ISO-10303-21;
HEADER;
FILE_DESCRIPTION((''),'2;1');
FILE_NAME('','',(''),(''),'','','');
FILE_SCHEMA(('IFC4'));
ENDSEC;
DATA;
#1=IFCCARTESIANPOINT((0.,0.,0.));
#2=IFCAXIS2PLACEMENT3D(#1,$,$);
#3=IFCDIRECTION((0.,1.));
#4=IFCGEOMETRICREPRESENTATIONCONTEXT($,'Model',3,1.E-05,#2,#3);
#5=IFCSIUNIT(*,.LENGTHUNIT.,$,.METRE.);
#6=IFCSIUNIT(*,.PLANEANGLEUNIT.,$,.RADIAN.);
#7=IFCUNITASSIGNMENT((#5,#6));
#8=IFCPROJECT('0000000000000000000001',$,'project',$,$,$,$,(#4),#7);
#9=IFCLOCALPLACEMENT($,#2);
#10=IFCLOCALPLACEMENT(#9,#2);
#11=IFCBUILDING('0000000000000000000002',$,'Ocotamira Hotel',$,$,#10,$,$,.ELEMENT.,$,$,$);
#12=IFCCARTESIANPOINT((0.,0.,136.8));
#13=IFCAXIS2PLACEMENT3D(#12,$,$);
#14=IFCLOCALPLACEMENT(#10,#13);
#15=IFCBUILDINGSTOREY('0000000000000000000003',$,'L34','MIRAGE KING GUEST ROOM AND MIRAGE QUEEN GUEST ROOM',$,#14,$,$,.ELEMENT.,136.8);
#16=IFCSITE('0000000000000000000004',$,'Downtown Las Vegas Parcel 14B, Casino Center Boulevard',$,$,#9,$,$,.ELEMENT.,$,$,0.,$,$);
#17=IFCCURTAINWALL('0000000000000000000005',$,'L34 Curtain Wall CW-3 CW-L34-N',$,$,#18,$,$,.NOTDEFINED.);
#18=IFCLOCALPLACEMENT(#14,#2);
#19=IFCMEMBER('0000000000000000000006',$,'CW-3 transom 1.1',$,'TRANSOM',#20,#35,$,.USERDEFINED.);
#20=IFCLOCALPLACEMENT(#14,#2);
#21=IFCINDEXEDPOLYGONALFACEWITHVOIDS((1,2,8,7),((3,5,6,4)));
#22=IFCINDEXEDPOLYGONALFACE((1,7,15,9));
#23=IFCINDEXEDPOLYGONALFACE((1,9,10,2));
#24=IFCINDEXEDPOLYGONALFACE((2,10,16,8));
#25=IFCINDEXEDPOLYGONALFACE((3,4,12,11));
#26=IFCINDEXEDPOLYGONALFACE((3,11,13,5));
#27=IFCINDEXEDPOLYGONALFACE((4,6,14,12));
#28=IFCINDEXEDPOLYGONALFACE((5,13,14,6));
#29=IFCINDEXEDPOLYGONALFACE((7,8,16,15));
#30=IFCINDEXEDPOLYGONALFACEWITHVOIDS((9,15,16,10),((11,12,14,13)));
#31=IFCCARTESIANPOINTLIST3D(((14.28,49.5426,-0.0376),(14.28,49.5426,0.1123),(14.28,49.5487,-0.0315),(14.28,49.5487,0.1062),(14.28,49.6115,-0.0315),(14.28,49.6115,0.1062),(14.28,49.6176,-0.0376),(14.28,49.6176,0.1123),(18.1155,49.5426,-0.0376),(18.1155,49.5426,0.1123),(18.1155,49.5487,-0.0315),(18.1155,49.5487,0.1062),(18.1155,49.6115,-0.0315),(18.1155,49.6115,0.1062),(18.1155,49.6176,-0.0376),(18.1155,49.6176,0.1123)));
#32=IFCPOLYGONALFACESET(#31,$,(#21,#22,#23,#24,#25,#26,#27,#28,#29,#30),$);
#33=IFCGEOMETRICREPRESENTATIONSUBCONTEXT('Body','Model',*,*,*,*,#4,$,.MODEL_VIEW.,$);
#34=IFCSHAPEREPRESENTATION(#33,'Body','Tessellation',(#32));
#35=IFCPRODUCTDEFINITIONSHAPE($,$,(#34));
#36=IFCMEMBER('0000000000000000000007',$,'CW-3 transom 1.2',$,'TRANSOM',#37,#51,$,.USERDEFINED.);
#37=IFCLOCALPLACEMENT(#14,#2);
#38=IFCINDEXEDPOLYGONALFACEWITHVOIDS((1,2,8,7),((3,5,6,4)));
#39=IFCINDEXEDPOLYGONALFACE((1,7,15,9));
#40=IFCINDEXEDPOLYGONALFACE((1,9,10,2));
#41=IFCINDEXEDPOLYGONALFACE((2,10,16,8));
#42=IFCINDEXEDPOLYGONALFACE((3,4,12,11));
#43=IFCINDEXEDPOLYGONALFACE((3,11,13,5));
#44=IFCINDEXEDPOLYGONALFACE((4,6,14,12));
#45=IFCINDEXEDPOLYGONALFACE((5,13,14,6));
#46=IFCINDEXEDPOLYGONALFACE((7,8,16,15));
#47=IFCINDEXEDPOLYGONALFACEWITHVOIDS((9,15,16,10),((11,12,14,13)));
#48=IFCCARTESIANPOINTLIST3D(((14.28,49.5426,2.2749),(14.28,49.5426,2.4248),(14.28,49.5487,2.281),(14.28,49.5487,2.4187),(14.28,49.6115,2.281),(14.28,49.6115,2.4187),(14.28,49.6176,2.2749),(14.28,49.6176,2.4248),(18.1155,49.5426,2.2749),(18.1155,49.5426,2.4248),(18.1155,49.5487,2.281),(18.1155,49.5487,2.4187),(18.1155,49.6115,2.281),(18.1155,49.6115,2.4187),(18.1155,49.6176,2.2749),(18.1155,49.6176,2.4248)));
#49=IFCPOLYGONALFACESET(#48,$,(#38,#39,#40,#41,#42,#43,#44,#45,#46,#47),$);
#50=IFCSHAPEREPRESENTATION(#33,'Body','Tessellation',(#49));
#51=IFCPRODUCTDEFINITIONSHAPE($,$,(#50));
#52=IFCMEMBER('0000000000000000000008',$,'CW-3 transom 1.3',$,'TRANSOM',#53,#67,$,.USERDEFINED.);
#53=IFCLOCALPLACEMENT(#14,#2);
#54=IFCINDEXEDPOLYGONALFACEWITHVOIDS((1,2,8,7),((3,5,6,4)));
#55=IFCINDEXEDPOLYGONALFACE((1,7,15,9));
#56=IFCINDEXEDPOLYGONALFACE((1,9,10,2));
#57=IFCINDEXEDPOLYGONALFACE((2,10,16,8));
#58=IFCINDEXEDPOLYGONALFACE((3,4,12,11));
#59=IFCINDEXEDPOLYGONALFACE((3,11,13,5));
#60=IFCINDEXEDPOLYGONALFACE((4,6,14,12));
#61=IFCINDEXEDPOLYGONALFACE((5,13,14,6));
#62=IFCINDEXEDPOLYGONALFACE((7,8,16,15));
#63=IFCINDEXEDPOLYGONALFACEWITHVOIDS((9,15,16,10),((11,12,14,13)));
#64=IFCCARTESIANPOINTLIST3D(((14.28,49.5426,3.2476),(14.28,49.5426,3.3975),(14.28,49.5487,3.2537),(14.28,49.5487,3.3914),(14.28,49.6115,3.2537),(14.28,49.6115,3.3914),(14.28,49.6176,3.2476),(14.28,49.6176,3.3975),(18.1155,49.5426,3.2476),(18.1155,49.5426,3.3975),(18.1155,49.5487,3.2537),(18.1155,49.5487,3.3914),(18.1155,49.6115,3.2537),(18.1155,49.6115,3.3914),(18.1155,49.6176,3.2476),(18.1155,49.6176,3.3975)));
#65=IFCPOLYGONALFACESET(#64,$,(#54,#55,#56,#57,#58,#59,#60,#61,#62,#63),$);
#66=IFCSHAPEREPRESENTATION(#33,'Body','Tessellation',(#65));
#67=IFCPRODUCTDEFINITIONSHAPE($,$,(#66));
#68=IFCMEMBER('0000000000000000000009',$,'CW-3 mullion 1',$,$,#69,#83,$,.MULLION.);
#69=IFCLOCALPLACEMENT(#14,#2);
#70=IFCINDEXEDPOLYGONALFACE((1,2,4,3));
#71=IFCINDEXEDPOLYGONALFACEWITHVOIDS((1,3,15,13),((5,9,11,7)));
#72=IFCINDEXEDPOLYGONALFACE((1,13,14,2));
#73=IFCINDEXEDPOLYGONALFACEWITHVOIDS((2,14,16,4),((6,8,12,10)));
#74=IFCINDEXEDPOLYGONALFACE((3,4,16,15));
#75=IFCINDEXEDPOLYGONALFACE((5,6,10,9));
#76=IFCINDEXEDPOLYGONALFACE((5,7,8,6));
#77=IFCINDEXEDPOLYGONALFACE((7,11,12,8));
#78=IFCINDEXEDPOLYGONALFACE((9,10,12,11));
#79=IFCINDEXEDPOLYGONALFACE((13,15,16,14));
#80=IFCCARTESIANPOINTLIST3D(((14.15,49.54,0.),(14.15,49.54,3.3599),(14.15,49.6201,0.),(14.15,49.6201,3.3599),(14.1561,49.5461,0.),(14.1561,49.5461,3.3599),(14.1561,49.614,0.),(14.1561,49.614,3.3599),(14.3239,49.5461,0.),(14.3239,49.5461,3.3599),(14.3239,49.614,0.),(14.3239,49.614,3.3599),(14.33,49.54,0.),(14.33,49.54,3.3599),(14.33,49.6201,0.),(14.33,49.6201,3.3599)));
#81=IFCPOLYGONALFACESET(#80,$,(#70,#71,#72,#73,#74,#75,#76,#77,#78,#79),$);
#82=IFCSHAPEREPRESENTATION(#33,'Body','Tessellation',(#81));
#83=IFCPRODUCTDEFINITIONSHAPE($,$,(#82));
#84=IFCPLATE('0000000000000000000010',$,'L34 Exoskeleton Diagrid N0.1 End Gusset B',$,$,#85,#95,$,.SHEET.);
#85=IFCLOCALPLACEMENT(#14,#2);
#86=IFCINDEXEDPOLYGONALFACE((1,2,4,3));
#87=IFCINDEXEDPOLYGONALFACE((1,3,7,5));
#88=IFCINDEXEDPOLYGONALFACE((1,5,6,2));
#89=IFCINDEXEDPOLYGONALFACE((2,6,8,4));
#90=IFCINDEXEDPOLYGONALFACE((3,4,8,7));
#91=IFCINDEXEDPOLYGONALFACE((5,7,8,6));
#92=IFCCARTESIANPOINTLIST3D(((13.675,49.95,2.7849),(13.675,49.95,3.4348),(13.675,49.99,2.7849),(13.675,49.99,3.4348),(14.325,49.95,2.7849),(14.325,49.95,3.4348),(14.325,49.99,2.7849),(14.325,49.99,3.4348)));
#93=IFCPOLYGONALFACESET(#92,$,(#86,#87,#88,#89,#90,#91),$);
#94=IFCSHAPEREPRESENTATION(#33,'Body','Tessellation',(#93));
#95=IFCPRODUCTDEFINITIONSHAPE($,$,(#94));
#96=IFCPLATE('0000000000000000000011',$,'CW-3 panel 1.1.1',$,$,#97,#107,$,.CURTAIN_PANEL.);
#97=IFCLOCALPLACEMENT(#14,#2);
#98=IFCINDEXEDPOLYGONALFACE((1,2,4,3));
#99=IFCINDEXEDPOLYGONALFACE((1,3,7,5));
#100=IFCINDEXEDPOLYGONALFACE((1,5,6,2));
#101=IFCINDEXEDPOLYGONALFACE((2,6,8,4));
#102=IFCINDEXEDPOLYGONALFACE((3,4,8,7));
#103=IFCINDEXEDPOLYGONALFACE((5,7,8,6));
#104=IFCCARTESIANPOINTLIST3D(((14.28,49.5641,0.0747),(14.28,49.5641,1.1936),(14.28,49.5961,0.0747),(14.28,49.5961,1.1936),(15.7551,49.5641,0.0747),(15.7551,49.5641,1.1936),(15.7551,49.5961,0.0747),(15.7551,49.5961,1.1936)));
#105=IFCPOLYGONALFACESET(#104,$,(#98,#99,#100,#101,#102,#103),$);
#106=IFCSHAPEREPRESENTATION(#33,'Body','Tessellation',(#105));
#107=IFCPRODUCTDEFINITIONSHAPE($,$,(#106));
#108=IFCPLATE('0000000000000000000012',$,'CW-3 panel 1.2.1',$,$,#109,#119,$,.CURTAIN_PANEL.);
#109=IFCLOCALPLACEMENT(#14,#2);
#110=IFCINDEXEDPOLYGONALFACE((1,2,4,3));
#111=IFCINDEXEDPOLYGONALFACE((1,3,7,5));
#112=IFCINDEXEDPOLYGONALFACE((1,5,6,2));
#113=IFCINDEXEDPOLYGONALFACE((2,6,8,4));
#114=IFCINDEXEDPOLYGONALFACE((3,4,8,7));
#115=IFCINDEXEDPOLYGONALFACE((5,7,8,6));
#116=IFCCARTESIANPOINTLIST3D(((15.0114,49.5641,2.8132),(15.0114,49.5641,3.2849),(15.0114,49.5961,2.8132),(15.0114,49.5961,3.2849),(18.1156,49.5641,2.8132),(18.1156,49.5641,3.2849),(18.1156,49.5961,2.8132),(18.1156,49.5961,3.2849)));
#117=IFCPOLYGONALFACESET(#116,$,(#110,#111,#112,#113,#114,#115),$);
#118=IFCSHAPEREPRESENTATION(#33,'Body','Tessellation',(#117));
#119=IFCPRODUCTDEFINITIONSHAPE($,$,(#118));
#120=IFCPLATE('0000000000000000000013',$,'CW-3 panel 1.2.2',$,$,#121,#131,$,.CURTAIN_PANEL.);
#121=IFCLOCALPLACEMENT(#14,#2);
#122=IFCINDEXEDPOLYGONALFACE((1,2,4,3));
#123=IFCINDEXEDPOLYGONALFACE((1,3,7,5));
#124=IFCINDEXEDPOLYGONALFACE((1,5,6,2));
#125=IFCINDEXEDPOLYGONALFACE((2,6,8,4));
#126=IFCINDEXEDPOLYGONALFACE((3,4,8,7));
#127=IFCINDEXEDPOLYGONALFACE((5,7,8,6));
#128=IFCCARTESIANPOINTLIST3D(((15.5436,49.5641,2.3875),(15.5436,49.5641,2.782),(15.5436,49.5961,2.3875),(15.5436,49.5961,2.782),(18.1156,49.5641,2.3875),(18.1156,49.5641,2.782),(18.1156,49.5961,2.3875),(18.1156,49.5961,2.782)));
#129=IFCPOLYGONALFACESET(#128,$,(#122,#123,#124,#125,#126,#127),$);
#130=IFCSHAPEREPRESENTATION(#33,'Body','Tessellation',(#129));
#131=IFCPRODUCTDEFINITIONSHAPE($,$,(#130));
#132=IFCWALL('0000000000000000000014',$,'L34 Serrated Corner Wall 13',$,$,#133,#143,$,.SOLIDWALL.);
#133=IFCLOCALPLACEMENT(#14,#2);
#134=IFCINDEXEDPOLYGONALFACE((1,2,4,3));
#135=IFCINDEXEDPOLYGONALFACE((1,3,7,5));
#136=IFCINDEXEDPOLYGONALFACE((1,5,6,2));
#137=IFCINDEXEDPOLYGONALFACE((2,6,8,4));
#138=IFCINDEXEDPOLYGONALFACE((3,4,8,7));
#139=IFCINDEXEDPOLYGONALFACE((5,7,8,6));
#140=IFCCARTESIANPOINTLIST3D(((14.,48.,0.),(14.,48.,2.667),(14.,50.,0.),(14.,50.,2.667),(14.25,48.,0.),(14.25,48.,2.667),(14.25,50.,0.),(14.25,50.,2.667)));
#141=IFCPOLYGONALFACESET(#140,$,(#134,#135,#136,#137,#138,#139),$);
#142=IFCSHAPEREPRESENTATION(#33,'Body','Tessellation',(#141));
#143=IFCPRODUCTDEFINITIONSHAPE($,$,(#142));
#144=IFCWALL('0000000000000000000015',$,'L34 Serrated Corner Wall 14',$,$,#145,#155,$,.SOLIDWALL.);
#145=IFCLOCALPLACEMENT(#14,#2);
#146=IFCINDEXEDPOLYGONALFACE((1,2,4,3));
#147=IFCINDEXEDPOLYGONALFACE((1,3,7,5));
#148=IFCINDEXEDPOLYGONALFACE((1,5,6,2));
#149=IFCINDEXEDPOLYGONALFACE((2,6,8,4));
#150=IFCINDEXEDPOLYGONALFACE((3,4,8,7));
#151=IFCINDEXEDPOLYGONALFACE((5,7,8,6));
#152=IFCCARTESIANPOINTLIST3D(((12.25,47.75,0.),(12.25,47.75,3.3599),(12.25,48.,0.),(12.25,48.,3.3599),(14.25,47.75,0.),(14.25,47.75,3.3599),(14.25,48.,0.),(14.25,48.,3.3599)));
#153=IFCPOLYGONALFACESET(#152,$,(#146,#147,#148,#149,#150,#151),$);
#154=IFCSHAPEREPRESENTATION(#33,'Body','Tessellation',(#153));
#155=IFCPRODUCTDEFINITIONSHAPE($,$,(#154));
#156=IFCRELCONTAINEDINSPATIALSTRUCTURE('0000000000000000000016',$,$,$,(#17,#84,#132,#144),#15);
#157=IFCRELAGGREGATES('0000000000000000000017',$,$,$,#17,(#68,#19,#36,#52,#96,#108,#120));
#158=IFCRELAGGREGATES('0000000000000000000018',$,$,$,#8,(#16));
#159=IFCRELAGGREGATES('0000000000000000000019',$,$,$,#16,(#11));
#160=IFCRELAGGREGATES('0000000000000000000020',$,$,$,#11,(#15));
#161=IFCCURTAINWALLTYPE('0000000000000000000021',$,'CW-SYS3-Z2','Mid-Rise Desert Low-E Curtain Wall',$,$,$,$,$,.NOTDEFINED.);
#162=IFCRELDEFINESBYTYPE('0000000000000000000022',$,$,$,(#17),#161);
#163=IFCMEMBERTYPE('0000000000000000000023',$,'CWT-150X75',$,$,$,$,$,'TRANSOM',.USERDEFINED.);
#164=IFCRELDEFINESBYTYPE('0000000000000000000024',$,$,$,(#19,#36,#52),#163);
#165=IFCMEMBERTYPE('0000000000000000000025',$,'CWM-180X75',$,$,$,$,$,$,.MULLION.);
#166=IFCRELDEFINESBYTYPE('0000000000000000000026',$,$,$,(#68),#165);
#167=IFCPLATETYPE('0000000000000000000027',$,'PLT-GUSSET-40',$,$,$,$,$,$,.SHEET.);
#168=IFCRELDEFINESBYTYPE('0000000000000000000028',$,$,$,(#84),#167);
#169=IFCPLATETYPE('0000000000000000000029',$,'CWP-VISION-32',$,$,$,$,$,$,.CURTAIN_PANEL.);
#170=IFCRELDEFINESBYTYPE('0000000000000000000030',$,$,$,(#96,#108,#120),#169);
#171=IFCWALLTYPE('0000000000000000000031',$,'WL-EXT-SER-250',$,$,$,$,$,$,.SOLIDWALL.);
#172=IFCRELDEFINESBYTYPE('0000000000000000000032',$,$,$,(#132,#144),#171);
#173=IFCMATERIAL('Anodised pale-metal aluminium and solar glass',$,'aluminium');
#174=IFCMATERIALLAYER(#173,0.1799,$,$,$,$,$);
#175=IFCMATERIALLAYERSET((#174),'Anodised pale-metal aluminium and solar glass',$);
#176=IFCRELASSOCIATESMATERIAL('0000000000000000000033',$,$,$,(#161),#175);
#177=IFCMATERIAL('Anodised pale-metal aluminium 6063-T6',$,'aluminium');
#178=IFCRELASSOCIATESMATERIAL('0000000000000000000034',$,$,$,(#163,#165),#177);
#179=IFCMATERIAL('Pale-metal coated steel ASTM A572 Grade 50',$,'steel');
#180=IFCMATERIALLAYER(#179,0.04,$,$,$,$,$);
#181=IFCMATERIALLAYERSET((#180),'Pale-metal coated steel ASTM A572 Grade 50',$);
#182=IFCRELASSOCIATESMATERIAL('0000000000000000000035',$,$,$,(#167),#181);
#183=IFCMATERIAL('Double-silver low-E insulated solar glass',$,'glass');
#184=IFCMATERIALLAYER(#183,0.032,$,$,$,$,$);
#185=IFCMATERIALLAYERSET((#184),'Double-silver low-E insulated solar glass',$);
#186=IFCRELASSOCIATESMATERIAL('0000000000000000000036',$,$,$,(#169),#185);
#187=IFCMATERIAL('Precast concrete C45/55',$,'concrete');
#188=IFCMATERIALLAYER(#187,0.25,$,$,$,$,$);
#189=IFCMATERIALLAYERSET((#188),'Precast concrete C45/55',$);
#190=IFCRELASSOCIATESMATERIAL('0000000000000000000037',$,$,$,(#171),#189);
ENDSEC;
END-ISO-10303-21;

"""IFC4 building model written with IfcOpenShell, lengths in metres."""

from ifc_helpers import new_model, si_unit, direction, frame, frame_2d, origin, origin_2d, place, context, subcontext, project, spatial, rectangle, hollow_rectangle, extrude, source, transform, mapped, material, layer, layer_set, material_profile, profile_set, type_object, element, aggregate, save


model = new_model("IFC4")

# Units and contexts
model_context = context("Model", 3, precision=1e-05, world=origin(), true_north=direction((0.0, 1.0)))
body_context = subcontext(model_context, "Body", "Model", "MODEL_VIEW")
ifc_project = project(units=[si_unit("LENGTHUNIT", "METRE"), si_unit("PLANEANGLEUNIT", "RADIAN")], contexts=[model_context])

# Site, building, storey
site_placement = place(None, origin())
site = spatial("IfcSite", under=ifc_project, at=site_placement, Name="Downtown Las Vegas Parcel 14B, Casino Center Boulevard", CompositionType="ELEMENT", RefElevation=0.0)
building_placement = place(site_placement, origin())
building = spatial("IfcBuilding", under=site, at=building_placement, Name="Ocotamira Hotel", CompositionType="ELEMENT")
storey_placement = place(building_placement, frame((0.0, 0.0, 136.8)))
storey = spatial("IfcBuildingStorey", under=building, at=storey_placement, Name="L34", Description="MIRAGE KING GUEST ROOM AND MIRAGE QUEEN GUEST ROOM", CompositionType="ELEMENT", Elevation=136.8)

# Curtain wall, members
ifc_material_1 = material(Name="Anodised pale-metal aluminium and solar glass", Category="aluminium")
ifc_layer_1 = layer(ifc_material_1, 0.1799)
ifc_layer_set_1 = layer_set([ifc_layer_1], Name="Anodised pale-metal aluminium and solar glass")
curtain_wall_type = type_object("IfcCurtainWallType", Name="CW-SYS3-Z2", Description="Mid-Rise Desert Low-E Curtain Wall", PredefinedType="NOTDEFINED", material=ifc_layer_set_1)
curtain_wall_placement = place(storey_placement, origin())
curtain_wall = element("IfcCurtainWall", 1, at=curtain_wall_placement, inside=storey, type_object=curtain_wall_type, Name="L34 Curtain Wall CW-3 CW-L34-N", PredefinedType="NOTDEFINED")
ifc_material_2 = material(Name="Anodised pale-metal aluminium 6063-T6", Category="aluminium")
ifc_material_profile_1 = material_profile(ifc_material_2, hollow_rectangle(XDim=0.075, YDim=0.1499, WallThickness=0.0061, at=origin_2d()), Name="HSS150X75X6")
ifc_profile_set_1 = profile_set([ifc_material_profile_1], Name="Anodised pale-metal aluminium 6063-T6")
member_type_1 = type_object("IfcMemberType", Name="CWT-150X75", ElementType="TRANSOM", PredefinedType="USERDEFINED", material=ifc_profile_set_1)
shared_shape_1 = source(origin(), body_context, "Body", "SweptSolid", [
    extrude(hollow_rectangle(XDim=0.075, YDim=0.1499, WallThickness=0.0061, at=origin_2d()), origin(), (0.0, 0.0, 1.0), 3.8354),
])
member_1_placement = place(storey_placement, frame((14.28, 49.5801, 0.0374), z_axis=(1.0, 0.0, 0.0), x_axis=(0.0, 1.0, 0.0)))
member_1 = element("IfcMember", 2, at=member_1_placement, type_object=member_type_1, Name="CW-3 transom 1.1", ObjectType="TRANSOM", PredefinedType="USERDEFINED", context=body_context, shape_type="MappedRepresentation", body=[
    mapped(shared_shape_1, transform((0.0, 0.0, 0.0), scale=1.0)),
])
member_2_placement = place(storey_placement, frame((14.28, 49.5801, 2.3499), z_axis=(1.0, 0.0, 0.0), x_axis=(0.0, 1.0, 0.0)))
member_2 = element("IfcMember", 3, at=member_2_placement, type_object=member_type_1, Name="CW-3 transom 1.2", ObjectType="TRANSOM", PredefinedType="USERDEFINED", context=body_context, shape_type="MappedRepresentation", body=[
    mapped(shared_shape_1, transform((0.0, 0.0, 0.0), scale=1.0)),
])
member_3_placement = place(storey_placement, frame((14.28, 49.5801, 3.3225), z_axis=(1.0, 0.0, 0.0), x_axis=(0.0, 1.0, 0.0)))
member_3 = element("IfcMember", 4, at=member_3_placement, type_object=member_type_1, Name="CW-3 transom 1.3", ObjectType="TRANSOM", PredefinedType="USERDEFINED", context=body_context, shape_type="MappedRepresentation", body=[
    mapped(shared_shape_1, transform((0.0, 0.0, 0.0), scale=1.0)),
])
ifc_material_profile_2 = material_profile(ifc_material_2, hollow_rectangle(XDim=0.0801, YDim=0.1799, WallThickness=0.0061, at=origin_2d()), Name="HSS180X80X6")
ifc_profile_set_2 = profile_set([ifc_material_profile_2], Name="Anodised pale-metal aluminium 6063-T6")
member_type_2 = type_object("IfcMemberType", Name="CWM-180X75", PredefinedType="MULLION", material=ifc_profile_set_2)
shared_shape_2 = source(origin(), body_context, "Body", "SweptSolid", [
    extrude(hollow_rectangle(XDim=0.0801, YDim=0.1799, WallThickness=0.0061, at=origin_2d()), origin(), (0.0, 0.0, 1.0), 3.3599),
])
member_4_placement = place(storey_placement, frame((14.24, 49.5801, 0.0), z_axis=(0.0, 0.0, 1.0), x_axis=(0.0, 1.0, 0.0)))
member_4 = element("IfcMember", 5, at=member_4_placement, type_object=member_type_2, Name="CW-3 mullion 1", PredefinedType="MULLION", context=body_context, shape_type="MappedRepresentation", body=[
    mapped(shared_shape_2, transform((0.0, 0.0, 0.0), scale=1.0)),
])

# Plates
ifc_material_3 = material(Name="Pale-metal coated steel ASTM A572 Grade 50", Category="steel")
ifc_layer_2 = layer(ifc_material_3, 0.04)
ifc_layer_set_2 = layer_set([ifc_layer_2], Name="Pale-metal coated steel ASTM A572 Grade 50")
plate_type_1 = type_object("IfcPlateType", Name="PLT-GUSSET-40", PredefinedType="SHEET", material=ifc_layer_set_2)
shared_shape_3 = source(origin(), body_context, "Body", "SweptSolid", [
    extrude(rectangle(XDim=0.6499, YDim=0.04, at=origin_2d()), origin(), (0.0, 0.0, 1.0), 0.6499),
])
plate_1_placement = place(storey_placement, frame((14.0, 49.97, 2.7849), z_axis=(0.0, 0.0, 1.0), x_axis=(-1.0, 0.0, 0.0)))
element("IfcPlate", 6, at=plate_1_placement, inside=storey, type_object=plate_type_1, Name="L34 Exoskeleton Diagrid N0.1 End Gusset B", PredefinedType="SHEET", context=body_context, shape_type="MappedRepresentation", body=[
    mapped(shared_shape_3, transform((0.0, 0.0, 0.0), scale=1.0)),
])
ifc_material_4 = material(Name="Double-silver low-E insulated solar glass", Category="glass")
ifc_layer_3 = layer(ifc_material_4, 0.032)
ifc_layer_set_3 = layer_set([ifc_layer_3], Name="Double-silver low-E insulated solar glass")
plate_type_2 = type_object("IfcPlateType", Name="CWP-VISION-32", PredefinedType="CURTAIN_PANEL", material=ifc_layer_set_3)
shared_shape_4 = source(origin(), body_context, "Body", "SweptSolid", [
    extrude(rectangle(XDim=1.4751, YDim=0.032, at=origin_2d()), origin(), (0.0, 0.0, 1.0), 1.1189),
])
plate_2_placement = place(storey_placement, frame((15.0176, 49.5801, 0.0747), z_axis=(0.0, 0.0, 1.0), x_axis=(1.0, 0.0, 0.0)))
plate_2 = element("IfcPlate", 7, at=plate_2_placement, type_object=plate_type_2, Name="CW-3 panel 1.1.1", PredefinedType="CURTAIN_PANEL", context=body_context, shape_type="MappedRepresentation", body=[
    mapped(shared_shape_4, transform((0.0, 0.0, 0.0), scale=1.0)),
])
shared_shape_5 = source(origin(), body_context, "Body", "SweptSolid", [
    extrude(rectangle(XDim=3.1042, YDim=0.032, at=origin_2d()), origin(), (0.0, 0.0, 1.0), 0.4717),
])
plate_3_placement = place(storey_placement, frame((16.5635, 49.5801, 2.8132), z_axis=(0.0, 0.0, 1.0), x_axis=(1.0, 0.0, 0.0)))
plate_3 = element("IfcPlate", 8, at=plate_3_placement, type_object=plate_type_2, Name="CW-3 panel 1.2.1", PredefinedType="CURTAIN_PANEL", context=body_context, shape_type="MappedRepresentation", body=[
    mapped(shared_shape_5, transform((0.0, 0.0, 0.0), scale=1.0)),
])
shared_shape_6 = source(origin(), body_context, "Body", "SweptSolid", [
    extrude(rectangle(XDim=2.572, YDim=0.032, at=origin_2d()), origin(), (0.0, 0.0, 1.0), 0.3945),
])
plate_4_placement = place(storey_placement, frame((16.8296, 49.5801, 2.3875), z_axis=(0.0, 0.0, 1.0), x_axis=(1.0, 0.0, 0.0)))
plate_4 = element("IfcPlate", 9, at=plate_4_placement, type_object=plate_type_2, Name="CW-3 panel 1.2.2", PredefinedType="CURTAIN_PANEL", context=body_context, shape_type="MappedRepresentation", body=[
    mapped(shared_shape_6, transform((0.0, 0.0, 0.0), scale=1.0)),
])
aggregate(curtain_wall, [member_4, member_1, member_2, member_3, plate_2, plate_3, plate_4])

# Walls
ifc_material_5 = material(Name="Precast concrete C45/55", Category="concrete")
ifc_layer_4 = layer(ifc_material_5, 0.25)
ifc_layer_set_4 = layer_set([ifc_layer_4], Name="Precast concrete C45/55")
wall_type = type_object("IfcWallType", Name="WL-EXT-SER-250", PredefinedType="SOLIDWALL", material=ifc_layer_set_4)
wall_1_placement = place(storey_placement, frame((14.125, 50.0, 0.0), z_axis=(0.0, 0.0, 1.0), x_axis=(0.0, -1.0, 0.0)))
element("IfcWall", 10, at=wall_1_placement, inside=storey, type_object=wall_type, Name="L34 Serrated Corner Wall 13", PredefinedType="SOLIDWALL", context=body_context, shape_type="SweptSolid", body=[
    extrude(rectangle(XDim=2.0, YDim=0.25, at=frame_2d((1.0, 0.0))), origin(), (0.0, 0.0, 1.0), 2.667),
])
wall_2_placement = place(storey_placement, frame((14.25, 47.875, 0.0), z_axis=(0.0, 0.0, 1.0), x_axis=(-1.0, 0.0, 0.0)))
element("IfcWall", 11, at=wall_2_placement, inside=storey, type_object=wall_type, Name="L34 Serrated Corner Wall 14", PredefinedType="SOLIDWALL", context=body_context, shape_type="SweptSolid", body=[
    extrude(rectangle(XDim=2.0, YDim=0.25, at=frame_2d((1.0, 0.0))), origin(), (0.0, 0.0, 1.0), 3.3599),
])

save(model, "model.ifc")
